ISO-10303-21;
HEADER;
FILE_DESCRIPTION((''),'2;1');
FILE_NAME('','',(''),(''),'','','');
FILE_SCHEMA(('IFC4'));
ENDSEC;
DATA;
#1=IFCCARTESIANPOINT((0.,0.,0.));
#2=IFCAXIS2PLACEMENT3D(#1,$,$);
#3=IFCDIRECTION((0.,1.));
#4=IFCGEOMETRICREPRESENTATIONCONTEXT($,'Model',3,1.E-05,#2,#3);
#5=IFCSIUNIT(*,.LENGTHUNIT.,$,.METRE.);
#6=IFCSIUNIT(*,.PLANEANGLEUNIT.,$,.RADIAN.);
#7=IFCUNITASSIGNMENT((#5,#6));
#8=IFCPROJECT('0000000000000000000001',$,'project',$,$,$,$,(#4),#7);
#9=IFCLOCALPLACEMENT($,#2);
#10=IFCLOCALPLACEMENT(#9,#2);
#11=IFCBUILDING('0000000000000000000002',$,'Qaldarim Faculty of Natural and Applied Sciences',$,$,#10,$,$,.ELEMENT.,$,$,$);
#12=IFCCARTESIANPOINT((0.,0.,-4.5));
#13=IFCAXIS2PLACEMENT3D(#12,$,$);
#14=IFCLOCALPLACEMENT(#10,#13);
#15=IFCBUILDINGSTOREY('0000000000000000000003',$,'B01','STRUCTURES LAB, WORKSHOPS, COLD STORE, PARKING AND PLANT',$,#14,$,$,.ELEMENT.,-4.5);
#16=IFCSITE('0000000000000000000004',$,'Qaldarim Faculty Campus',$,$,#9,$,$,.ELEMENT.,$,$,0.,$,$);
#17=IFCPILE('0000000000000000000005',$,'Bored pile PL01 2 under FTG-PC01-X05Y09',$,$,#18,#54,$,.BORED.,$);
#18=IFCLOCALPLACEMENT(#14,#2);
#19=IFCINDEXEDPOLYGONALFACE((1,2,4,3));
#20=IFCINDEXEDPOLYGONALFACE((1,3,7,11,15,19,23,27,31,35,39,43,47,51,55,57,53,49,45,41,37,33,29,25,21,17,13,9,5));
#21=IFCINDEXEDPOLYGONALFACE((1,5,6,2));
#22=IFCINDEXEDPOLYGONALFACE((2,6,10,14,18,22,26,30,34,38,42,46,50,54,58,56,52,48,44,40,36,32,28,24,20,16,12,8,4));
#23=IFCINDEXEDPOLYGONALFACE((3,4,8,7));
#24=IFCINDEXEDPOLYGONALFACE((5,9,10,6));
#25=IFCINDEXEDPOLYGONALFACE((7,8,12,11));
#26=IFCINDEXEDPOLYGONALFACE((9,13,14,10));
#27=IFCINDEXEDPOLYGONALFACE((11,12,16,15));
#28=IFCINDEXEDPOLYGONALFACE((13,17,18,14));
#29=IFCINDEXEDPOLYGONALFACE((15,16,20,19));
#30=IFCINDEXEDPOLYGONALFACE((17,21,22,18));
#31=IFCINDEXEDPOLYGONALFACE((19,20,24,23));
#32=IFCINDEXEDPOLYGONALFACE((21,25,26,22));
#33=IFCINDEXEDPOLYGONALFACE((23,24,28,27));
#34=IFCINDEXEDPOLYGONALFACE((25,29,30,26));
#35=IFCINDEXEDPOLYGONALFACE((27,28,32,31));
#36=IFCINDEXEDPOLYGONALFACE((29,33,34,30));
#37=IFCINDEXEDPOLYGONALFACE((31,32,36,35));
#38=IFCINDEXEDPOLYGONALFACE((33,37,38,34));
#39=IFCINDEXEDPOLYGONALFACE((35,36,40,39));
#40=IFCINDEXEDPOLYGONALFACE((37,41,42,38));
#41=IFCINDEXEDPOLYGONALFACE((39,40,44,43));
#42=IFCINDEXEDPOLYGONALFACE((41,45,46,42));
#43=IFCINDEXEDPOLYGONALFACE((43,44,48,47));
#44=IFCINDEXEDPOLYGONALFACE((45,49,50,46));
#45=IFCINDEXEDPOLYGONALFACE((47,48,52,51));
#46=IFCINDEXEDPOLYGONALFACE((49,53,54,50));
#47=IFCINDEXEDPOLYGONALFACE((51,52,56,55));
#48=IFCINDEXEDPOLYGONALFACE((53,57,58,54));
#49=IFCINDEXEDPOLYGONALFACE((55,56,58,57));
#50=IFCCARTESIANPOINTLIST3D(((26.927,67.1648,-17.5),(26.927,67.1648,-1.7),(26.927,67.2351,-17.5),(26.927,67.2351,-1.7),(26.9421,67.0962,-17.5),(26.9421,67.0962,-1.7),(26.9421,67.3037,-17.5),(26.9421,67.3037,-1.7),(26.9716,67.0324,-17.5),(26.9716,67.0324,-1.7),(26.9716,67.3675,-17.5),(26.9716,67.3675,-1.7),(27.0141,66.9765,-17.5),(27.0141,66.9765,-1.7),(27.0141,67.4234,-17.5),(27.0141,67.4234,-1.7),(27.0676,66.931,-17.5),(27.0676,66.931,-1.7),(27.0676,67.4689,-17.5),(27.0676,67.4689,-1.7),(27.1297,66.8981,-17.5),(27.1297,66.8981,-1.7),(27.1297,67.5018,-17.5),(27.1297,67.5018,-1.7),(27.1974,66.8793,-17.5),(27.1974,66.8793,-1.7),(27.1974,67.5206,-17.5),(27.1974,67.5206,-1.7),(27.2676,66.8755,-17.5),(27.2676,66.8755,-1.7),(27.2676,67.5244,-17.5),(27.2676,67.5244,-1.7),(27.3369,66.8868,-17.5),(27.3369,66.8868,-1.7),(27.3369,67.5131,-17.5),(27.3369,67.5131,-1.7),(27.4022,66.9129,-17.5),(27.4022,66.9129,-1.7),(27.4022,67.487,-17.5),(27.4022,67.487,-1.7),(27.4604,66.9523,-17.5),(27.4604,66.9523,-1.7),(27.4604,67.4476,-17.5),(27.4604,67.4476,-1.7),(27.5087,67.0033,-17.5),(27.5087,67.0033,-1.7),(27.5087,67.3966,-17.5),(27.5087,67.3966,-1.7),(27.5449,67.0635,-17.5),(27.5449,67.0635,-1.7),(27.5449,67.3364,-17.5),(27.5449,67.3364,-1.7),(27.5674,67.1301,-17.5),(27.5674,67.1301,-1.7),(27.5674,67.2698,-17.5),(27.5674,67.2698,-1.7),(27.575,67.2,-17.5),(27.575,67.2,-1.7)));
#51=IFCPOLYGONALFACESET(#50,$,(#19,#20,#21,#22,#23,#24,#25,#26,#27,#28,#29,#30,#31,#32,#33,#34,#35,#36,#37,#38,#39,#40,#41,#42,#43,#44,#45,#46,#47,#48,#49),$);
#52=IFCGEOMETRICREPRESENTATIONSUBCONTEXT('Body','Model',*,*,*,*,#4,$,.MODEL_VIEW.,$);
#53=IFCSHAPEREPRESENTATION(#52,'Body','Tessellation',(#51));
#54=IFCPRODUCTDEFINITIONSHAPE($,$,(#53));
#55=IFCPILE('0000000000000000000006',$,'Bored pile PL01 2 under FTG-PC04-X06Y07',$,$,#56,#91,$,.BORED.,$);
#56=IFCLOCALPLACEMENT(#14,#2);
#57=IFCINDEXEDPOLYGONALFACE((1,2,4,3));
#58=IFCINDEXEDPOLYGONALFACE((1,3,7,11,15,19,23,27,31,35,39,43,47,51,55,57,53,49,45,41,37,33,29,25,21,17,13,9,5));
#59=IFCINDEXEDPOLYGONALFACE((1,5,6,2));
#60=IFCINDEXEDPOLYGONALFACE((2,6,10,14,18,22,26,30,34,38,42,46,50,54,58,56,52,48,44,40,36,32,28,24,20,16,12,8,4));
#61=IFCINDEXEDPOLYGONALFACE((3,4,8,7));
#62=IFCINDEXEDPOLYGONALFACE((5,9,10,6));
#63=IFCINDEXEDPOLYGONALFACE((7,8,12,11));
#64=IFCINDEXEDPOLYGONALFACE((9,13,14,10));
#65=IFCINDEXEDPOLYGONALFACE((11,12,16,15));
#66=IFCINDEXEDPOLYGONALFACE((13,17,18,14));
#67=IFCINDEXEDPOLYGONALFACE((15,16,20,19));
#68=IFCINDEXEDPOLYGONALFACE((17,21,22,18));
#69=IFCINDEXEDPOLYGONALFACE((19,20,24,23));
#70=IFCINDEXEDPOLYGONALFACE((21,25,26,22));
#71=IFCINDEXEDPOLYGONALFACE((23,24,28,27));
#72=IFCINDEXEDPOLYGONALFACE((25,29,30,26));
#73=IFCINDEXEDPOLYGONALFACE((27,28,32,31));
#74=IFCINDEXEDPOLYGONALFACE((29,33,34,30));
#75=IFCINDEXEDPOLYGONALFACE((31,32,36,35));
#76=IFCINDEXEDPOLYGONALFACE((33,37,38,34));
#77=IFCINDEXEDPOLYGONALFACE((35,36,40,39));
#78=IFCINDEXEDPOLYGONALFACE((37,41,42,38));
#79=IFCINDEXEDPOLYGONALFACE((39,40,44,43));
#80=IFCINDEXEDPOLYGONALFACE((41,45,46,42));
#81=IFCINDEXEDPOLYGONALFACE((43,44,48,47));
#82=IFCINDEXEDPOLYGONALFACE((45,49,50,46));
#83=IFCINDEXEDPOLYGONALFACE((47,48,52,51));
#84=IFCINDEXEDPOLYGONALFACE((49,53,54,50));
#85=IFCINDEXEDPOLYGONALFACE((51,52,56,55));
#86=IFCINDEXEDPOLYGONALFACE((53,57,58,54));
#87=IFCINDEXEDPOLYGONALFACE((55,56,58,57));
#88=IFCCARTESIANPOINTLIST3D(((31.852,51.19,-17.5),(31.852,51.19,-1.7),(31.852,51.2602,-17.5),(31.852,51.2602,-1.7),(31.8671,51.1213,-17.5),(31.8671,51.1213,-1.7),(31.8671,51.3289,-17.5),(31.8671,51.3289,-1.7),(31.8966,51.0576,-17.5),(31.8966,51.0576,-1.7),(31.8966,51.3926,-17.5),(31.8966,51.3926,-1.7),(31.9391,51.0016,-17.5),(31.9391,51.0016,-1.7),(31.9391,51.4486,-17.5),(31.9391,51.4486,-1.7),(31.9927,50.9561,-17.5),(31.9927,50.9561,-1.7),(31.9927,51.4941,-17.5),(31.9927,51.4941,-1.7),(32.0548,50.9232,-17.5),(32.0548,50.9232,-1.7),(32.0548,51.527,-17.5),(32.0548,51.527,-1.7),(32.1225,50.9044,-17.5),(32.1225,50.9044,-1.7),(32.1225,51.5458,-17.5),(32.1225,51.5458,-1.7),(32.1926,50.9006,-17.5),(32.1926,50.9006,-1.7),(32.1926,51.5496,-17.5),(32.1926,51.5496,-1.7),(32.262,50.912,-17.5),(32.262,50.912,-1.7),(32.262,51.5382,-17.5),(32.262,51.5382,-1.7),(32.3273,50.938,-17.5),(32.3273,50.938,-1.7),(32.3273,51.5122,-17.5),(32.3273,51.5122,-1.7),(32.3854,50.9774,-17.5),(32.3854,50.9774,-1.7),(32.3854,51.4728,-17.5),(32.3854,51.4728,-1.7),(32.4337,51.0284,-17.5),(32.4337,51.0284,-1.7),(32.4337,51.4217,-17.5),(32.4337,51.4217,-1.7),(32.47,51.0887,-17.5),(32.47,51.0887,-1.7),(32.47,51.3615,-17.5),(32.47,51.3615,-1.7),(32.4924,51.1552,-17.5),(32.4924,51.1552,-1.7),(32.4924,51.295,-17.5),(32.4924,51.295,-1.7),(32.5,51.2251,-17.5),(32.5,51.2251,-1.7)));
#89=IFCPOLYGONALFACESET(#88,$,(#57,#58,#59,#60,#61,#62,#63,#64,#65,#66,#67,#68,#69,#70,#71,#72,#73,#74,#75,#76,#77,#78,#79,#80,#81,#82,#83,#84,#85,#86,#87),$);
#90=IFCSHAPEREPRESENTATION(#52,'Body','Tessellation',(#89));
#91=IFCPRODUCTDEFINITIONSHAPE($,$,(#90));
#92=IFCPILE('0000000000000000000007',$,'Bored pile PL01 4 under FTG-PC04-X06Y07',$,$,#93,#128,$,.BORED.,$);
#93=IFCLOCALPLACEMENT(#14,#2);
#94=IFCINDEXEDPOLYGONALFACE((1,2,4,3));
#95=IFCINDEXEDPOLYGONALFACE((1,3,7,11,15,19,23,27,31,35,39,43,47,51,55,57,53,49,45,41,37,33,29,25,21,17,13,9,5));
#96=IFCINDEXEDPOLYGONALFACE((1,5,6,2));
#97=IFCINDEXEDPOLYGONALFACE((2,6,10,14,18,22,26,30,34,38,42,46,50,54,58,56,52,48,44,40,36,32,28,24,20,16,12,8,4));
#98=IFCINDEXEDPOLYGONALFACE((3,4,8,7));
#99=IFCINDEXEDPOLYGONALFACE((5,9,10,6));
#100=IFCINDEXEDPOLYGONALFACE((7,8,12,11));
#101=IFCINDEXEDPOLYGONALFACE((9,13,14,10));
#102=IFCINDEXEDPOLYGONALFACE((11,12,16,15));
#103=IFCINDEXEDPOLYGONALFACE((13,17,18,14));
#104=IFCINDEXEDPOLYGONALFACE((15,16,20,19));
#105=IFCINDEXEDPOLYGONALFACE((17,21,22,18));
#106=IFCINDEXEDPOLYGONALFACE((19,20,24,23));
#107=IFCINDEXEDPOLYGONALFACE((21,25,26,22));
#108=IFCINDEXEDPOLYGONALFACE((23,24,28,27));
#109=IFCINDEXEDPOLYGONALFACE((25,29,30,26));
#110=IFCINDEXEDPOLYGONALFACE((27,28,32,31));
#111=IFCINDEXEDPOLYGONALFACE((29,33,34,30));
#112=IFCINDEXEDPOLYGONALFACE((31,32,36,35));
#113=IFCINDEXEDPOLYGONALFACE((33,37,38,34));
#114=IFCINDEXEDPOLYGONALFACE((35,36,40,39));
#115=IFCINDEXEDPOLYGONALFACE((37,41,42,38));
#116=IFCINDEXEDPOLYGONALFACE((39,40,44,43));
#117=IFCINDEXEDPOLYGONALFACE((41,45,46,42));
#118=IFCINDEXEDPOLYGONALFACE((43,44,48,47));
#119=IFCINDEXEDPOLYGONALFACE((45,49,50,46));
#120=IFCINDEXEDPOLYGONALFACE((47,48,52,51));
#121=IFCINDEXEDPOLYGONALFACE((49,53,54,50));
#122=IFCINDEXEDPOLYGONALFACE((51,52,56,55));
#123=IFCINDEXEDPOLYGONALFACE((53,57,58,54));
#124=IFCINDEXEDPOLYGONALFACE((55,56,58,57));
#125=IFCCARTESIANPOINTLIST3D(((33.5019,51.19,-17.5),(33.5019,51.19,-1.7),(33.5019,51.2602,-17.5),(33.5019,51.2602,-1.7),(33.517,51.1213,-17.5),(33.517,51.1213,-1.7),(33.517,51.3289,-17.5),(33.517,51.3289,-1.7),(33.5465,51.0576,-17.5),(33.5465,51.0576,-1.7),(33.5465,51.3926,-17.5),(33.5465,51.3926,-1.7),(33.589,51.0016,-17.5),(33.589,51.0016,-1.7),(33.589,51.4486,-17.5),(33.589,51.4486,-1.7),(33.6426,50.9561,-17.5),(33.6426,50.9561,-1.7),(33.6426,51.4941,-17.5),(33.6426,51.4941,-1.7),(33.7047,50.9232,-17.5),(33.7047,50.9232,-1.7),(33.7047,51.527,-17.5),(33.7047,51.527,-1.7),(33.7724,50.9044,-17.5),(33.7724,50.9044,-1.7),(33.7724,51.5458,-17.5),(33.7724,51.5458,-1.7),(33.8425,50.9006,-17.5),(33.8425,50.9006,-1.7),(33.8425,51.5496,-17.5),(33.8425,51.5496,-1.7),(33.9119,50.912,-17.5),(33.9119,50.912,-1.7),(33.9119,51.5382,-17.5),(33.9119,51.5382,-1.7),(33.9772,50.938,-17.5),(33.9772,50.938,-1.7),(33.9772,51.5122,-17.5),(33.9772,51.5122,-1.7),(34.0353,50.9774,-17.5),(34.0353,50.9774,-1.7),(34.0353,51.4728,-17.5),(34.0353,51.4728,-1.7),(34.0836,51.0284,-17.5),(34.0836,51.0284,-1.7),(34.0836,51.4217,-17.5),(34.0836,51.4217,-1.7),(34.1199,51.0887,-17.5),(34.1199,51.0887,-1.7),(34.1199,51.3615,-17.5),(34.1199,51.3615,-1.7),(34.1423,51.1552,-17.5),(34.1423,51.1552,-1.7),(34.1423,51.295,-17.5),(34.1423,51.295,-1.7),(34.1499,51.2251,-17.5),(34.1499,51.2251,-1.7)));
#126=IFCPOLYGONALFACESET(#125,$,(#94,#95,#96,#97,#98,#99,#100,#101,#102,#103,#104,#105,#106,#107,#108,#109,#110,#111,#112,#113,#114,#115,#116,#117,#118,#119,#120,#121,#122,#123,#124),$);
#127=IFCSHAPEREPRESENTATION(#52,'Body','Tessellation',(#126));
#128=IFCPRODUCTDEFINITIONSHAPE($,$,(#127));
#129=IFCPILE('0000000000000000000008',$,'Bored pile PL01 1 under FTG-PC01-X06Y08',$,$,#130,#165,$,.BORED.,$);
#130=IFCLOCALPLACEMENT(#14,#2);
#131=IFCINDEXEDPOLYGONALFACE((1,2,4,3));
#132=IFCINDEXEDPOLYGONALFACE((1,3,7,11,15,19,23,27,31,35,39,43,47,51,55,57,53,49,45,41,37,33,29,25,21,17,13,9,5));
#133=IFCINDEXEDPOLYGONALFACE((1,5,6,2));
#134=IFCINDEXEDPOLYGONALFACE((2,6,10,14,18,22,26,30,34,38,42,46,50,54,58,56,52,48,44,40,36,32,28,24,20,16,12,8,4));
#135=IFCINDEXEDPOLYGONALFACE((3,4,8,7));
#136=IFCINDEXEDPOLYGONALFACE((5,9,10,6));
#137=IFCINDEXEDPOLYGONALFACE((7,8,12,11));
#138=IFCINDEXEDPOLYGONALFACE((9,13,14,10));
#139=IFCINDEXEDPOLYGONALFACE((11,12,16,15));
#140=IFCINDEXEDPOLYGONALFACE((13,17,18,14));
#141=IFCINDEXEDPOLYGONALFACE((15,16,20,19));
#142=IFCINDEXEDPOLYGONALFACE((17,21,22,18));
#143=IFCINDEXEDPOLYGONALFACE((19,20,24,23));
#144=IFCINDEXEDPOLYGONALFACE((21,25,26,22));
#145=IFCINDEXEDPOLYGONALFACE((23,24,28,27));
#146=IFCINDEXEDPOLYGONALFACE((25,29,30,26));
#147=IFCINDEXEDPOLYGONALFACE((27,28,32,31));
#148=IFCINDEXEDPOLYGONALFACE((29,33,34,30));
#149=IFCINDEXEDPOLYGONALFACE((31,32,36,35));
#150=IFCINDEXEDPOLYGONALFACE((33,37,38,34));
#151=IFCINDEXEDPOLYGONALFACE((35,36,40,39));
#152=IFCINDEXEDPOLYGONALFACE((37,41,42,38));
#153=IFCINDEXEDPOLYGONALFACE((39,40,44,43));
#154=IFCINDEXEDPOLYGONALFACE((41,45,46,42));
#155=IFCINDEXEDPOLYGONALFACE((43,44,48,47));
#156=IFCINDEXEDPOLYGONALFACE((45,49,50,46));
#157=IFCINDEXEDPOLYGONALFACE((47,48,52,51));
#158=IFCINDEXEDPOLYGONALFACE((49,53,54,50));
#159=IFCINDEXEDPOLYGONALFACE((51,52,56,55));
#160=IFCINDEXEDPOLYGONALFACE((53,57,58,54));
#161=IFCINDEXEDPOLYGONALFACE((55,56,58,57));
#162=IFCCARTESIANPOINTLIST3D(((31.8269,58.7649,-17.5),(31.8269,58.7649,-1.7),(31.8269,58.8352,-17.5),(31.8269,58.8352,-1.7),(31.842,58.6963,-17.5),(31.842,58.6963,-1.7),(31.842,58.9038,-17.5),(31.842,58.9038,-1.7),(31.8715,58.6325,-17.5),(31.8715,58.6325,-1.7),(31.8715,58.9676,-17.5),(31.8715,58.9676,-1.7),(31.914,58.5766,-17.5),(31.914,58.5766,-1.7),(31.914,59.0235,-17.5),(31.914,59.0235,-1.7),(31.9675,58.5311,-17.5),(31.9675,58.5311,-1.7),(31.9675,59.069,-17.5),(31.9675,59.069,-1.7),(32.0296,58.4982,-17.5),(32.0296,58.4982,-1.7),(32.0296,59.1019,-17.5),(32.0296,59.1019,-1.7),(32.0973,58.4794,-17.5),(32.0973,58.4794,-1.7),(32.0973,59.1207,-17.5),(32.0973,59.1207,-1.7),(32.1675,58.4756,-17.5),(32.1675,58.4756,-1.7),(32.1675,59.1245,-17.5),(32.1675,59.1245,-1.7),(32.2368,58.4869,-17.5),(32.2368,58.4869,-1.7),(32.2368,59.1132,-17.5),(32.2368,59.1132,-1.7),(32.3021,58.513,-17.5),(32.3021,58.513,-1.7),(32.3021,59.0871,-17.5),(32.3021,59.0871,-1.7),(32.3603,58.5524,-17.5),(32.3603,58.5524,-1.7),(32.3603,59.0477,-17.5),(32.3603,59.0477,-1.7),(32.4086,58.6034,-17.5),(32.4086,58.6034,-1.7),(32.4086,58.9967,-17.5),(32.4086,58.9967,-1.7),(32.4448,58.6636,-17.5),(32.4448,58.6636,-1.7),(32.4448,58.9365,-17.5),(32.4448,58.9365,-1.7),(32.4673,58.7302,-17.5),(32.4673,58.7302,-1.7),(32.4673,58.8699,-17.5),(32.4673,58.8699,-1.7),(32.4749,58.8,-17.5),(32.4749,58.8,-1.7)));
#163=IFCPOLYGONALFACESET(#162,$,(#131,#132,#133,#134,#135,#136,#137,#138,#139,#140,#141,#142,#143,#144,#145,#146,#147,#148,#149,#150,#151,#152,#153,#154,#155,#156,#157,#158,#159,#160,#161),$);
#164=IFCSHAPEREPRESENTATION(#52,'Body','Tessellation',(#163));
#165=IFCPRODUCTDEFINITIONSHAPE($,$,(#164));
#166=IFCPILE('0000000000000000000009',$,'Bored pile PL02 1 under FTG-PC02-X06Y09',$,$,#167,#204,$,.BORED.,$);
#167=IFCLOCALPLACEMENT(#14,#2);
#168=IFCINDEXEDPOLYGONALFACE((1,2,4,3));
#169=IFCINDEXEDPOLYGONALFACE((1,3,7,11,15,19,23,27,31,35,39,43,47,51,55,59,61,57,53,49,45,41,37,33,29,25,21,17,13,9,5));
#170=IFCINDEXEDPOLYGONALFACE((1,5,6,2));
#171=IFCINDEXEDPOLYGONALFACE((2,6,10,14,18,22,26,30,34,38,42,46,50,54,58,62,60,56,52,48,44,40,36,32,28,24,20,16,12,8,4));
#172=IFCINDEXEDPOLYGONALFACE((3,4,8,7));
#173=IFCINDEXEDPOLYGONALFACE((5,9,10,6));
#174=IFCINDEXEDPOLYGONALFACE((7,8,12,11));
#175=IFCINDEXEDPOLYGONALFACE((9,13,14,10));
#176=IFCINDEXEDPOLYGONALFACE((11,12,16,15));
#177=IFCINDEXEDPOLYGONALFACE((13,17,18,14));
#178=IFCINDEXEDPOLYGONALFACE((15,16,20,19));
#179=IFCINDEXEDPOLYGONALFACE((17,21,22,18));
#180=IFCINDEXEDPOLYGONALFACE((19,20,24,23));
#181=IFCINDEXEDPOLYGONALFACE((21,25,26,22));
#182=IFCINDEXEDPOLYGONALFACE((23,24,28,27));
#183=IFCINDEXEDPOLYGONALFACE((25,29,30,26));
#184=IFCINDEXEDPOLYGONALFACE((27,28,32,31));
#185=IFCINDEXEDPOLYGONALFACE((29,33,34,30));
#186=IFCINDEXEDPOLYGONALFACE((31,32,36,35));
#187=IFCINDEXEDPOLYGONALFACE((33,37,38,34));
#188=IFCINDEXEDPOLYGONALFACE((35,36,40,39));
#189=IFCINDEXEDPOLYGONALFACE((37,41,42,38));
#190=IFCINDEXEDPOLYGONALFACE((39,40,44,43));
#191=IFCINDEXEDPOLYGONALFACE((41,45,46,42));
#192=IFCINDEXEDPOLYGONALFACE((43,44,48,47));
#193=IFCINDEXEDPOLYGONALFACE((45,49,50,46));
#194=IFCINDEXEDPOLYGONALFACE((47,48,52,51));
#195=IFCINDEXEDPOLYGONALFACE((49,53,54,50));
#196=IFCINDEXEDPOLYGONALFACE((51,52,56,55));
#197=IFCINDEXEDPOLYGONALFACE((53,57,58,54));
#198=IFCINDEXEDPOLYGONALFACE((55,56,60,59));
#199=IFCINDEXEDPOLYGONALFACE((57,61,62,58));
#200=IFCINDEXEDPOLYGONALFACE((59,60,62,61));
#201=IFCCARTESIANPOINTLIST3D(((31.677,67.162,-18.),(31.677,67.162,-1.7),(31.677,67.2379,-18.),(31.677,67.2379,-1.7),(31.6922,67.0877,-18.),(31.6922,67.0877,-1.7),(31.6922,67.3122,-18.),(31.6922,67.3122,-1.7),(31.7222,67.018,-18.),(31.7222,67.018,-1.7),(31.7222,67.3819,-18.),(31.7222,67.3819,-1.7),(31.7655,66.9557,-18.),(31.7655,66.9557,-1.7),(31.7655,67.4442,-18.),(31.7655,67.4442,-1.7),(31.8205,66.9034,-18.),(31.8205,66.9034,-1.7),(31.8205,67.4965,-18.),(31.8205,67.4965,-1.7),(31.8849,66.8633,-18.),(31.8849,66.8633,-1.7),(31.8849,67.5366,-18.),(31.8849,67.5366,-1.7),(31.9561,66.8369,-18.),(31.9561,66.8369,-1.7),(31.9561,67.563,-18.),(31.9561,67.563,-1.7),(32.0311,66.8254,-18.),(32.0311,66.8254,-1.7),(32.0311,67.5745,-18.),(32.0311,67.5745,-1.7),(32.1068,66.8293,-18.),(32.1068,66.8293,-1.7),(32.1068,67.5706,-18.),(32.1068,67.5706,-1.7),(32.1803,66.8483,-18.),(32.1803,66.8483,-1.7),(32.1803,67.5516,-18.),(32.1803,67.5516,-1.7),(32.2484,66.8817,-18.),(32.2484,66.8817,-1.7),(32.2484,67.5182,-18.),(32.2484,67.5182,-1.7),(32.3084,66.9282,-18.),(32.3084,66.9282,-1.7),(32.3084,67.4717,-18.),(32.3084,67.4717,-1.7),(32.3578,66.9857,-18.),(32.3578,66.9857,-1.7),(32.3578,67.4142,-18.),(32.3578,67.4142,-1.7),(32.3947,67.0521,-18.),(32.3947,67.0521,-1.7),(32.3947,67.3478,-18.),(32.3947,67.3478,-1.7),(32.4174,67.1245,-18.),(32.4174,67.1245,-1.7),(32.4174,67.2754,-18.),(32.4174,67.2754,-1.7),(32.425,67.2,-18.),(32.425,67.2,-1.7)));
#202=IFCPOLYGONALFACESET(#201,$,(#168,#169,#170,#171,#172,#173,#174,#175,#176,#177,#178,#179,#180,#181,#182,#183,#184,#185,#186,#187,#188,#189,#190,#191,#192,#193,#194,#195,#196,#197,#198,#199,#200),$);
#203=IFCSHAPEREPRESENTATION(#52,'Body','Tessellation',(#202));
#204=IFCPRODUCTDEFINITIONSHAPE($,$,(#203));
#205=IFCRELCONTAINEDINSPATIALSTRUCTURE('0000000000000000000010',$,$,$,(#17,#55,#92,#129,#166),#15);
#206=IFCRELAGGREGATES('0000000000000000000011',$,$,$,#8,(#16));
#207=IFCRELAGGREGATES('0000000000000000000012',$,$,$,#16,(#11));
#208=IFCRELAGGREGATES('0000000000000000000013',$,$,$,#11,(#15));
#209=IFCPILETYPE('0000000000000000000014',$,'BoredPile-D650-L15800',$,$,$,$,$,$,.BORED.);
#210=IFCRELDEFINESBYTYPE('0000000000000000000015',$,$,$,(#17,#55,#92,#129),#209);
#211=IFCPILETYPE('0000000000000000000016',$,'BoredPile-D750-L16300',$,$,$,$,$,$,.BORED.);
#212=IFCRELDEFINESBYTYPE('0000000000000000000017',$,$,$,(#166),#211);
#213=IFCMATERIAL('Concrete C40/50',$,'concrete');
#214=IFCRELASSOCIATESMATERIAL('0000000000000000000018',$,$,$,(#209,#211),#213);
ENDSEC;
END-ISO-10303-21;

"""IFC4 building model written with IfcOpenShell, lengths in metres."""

from ifc_helpers import new_model, si_unit, direction, frame, origin, origin_2d, place, context, subcontext, project, spatial, circle, extrude, material, material_profile, profile_set, type_object, element, save


model = new_model("IFC4")

# Units and contexts
model_context = context("Model", 3, precision=1e-05, world=origin(), true_north=direction((0.0, 1.0)))
body_context = subcontext(model_context, "Body", "Model", "MODEL_VIEW")
ifc_project = project(units=[si_unit("LENGTHUNIT", "METRE"), si_unit("PLANEANGLEUNIT", "RADIAN")], contexts=[model_context])

# Site, building, storey
site_placement = place(None, origin())
site = spatial("IfcSite", under=ifc_project, at=site_placement, Name="Qaldarim Faculty Campus", CompositionType="ELEMENT", RefElevation=0.0)
building_placement = place(site_placement, origin())
building = spatial("IfcBuilding", under=site, at=building_placement, Name="Qaldarim Faculty of Natural and Applied Sciences", CompositionType="ELEMENT")
storey_placement = place(building_placement, frame((0.0, 0.0, -4.5)))
storey = spatial("IfcBuildingStorey", under=building, at=storey_placement, Name="B01", Description="STRUCTURES LAB, WORKSHOPS, COLD STORE, PARKING AND PLANT", CompositionType="ELEMENT", Elevation=-4.5)

# Piles
ifc_material_1 = material(Name="Concrete C40/50", Category="concrete")
ifc_material_profile_1 = material_profile(ifc_material_1, circle(Radius=0.325, at=origin_2d()), Name="PILE-D650")
ifc_profile_set_1 = profile_set([ifc_material_profile_1], Name="Concrete C40/50")
pile_type_1 = type_object("IfcPileType", Name="BoredPile-D650-L15800", PredefinedType="BORED", material=ifc_profile_set_1)
for number, where, z_axis, x_axis, name in (
    (1, (27.25, 67.2, -1.7), (0.0, 0.0, -1.0), (1.0, 0.0, 0.0), "Bored pile PL01 2 under FTG-PC01-X05Y09"),
    (2, (32.175, 51.2251, -1.7), (0.0, 0.0, -1.0), (1.0, 0.0, 0.0), "Bored pile PL01 2 under FTG-PC04-X06Y07"),
    (3, (33.825, 51.2251, -1.7), (0.0, 0.0, -1.0), (1.0, 0.0, 0.0), "Bored pile PL01 4 under FTG-PC04-X06Y07"),
    (4, (32.1499, 58.8, -1.7), (0.0, 0.0, -1.0), (1.0, 0.0, 0.0), "Bored pile PL01 1 under FTG-PC01-X06Y08"),
):
    element("IfcPile", number, at=place(storey_placement, frame(where, z_axis=z_axis, x_axis=x_axis)), inside=storey, type_object=pile_type_1, Name=name, PredefinedType="BORED", context=body_context, shape_type="SweptSolid", body=[
        extrude(circle(Radius=0.325, at=origin_2d()), origin(), (0.0, 0.0, 1.0), 15.8),
    ])
ifc_material_profile_2 = material_profile(ifc_material_1, circle(Radius=0.375, at=origin_2d()), Name="PILE-D750")
ifc_profile_set_2 = profile_set([ifc_material_profile_2], Name="Concrete C40/50")
pile_type_2 = type_object("IfcPileType", Name="BoredPile-D750-L16300", PredefinedType="BORED", material=ifc_profile_set_2)
pile_placement = place(storey_placement, frame((32.05, 67.2, -1.7), z_axis=(0.0, 0.0, -1.0), x_axis=(1.0, 0.0, 0.0)))
element("IfcPile", 5, at=pile_placement, inside=storey, type_object=pile_type_2, Name="Bored pile PL02 1 under FTG-PC02-X06Y09", PredefinedType="BORED", context=body_context, shape_type="SweptSolid", body=[
    extrude(circle(Radius=0.375, at=origin_2d()), origin(), (0.0, 0.0, 1.0), 16.3),
])

save(model, "model.ifc")
